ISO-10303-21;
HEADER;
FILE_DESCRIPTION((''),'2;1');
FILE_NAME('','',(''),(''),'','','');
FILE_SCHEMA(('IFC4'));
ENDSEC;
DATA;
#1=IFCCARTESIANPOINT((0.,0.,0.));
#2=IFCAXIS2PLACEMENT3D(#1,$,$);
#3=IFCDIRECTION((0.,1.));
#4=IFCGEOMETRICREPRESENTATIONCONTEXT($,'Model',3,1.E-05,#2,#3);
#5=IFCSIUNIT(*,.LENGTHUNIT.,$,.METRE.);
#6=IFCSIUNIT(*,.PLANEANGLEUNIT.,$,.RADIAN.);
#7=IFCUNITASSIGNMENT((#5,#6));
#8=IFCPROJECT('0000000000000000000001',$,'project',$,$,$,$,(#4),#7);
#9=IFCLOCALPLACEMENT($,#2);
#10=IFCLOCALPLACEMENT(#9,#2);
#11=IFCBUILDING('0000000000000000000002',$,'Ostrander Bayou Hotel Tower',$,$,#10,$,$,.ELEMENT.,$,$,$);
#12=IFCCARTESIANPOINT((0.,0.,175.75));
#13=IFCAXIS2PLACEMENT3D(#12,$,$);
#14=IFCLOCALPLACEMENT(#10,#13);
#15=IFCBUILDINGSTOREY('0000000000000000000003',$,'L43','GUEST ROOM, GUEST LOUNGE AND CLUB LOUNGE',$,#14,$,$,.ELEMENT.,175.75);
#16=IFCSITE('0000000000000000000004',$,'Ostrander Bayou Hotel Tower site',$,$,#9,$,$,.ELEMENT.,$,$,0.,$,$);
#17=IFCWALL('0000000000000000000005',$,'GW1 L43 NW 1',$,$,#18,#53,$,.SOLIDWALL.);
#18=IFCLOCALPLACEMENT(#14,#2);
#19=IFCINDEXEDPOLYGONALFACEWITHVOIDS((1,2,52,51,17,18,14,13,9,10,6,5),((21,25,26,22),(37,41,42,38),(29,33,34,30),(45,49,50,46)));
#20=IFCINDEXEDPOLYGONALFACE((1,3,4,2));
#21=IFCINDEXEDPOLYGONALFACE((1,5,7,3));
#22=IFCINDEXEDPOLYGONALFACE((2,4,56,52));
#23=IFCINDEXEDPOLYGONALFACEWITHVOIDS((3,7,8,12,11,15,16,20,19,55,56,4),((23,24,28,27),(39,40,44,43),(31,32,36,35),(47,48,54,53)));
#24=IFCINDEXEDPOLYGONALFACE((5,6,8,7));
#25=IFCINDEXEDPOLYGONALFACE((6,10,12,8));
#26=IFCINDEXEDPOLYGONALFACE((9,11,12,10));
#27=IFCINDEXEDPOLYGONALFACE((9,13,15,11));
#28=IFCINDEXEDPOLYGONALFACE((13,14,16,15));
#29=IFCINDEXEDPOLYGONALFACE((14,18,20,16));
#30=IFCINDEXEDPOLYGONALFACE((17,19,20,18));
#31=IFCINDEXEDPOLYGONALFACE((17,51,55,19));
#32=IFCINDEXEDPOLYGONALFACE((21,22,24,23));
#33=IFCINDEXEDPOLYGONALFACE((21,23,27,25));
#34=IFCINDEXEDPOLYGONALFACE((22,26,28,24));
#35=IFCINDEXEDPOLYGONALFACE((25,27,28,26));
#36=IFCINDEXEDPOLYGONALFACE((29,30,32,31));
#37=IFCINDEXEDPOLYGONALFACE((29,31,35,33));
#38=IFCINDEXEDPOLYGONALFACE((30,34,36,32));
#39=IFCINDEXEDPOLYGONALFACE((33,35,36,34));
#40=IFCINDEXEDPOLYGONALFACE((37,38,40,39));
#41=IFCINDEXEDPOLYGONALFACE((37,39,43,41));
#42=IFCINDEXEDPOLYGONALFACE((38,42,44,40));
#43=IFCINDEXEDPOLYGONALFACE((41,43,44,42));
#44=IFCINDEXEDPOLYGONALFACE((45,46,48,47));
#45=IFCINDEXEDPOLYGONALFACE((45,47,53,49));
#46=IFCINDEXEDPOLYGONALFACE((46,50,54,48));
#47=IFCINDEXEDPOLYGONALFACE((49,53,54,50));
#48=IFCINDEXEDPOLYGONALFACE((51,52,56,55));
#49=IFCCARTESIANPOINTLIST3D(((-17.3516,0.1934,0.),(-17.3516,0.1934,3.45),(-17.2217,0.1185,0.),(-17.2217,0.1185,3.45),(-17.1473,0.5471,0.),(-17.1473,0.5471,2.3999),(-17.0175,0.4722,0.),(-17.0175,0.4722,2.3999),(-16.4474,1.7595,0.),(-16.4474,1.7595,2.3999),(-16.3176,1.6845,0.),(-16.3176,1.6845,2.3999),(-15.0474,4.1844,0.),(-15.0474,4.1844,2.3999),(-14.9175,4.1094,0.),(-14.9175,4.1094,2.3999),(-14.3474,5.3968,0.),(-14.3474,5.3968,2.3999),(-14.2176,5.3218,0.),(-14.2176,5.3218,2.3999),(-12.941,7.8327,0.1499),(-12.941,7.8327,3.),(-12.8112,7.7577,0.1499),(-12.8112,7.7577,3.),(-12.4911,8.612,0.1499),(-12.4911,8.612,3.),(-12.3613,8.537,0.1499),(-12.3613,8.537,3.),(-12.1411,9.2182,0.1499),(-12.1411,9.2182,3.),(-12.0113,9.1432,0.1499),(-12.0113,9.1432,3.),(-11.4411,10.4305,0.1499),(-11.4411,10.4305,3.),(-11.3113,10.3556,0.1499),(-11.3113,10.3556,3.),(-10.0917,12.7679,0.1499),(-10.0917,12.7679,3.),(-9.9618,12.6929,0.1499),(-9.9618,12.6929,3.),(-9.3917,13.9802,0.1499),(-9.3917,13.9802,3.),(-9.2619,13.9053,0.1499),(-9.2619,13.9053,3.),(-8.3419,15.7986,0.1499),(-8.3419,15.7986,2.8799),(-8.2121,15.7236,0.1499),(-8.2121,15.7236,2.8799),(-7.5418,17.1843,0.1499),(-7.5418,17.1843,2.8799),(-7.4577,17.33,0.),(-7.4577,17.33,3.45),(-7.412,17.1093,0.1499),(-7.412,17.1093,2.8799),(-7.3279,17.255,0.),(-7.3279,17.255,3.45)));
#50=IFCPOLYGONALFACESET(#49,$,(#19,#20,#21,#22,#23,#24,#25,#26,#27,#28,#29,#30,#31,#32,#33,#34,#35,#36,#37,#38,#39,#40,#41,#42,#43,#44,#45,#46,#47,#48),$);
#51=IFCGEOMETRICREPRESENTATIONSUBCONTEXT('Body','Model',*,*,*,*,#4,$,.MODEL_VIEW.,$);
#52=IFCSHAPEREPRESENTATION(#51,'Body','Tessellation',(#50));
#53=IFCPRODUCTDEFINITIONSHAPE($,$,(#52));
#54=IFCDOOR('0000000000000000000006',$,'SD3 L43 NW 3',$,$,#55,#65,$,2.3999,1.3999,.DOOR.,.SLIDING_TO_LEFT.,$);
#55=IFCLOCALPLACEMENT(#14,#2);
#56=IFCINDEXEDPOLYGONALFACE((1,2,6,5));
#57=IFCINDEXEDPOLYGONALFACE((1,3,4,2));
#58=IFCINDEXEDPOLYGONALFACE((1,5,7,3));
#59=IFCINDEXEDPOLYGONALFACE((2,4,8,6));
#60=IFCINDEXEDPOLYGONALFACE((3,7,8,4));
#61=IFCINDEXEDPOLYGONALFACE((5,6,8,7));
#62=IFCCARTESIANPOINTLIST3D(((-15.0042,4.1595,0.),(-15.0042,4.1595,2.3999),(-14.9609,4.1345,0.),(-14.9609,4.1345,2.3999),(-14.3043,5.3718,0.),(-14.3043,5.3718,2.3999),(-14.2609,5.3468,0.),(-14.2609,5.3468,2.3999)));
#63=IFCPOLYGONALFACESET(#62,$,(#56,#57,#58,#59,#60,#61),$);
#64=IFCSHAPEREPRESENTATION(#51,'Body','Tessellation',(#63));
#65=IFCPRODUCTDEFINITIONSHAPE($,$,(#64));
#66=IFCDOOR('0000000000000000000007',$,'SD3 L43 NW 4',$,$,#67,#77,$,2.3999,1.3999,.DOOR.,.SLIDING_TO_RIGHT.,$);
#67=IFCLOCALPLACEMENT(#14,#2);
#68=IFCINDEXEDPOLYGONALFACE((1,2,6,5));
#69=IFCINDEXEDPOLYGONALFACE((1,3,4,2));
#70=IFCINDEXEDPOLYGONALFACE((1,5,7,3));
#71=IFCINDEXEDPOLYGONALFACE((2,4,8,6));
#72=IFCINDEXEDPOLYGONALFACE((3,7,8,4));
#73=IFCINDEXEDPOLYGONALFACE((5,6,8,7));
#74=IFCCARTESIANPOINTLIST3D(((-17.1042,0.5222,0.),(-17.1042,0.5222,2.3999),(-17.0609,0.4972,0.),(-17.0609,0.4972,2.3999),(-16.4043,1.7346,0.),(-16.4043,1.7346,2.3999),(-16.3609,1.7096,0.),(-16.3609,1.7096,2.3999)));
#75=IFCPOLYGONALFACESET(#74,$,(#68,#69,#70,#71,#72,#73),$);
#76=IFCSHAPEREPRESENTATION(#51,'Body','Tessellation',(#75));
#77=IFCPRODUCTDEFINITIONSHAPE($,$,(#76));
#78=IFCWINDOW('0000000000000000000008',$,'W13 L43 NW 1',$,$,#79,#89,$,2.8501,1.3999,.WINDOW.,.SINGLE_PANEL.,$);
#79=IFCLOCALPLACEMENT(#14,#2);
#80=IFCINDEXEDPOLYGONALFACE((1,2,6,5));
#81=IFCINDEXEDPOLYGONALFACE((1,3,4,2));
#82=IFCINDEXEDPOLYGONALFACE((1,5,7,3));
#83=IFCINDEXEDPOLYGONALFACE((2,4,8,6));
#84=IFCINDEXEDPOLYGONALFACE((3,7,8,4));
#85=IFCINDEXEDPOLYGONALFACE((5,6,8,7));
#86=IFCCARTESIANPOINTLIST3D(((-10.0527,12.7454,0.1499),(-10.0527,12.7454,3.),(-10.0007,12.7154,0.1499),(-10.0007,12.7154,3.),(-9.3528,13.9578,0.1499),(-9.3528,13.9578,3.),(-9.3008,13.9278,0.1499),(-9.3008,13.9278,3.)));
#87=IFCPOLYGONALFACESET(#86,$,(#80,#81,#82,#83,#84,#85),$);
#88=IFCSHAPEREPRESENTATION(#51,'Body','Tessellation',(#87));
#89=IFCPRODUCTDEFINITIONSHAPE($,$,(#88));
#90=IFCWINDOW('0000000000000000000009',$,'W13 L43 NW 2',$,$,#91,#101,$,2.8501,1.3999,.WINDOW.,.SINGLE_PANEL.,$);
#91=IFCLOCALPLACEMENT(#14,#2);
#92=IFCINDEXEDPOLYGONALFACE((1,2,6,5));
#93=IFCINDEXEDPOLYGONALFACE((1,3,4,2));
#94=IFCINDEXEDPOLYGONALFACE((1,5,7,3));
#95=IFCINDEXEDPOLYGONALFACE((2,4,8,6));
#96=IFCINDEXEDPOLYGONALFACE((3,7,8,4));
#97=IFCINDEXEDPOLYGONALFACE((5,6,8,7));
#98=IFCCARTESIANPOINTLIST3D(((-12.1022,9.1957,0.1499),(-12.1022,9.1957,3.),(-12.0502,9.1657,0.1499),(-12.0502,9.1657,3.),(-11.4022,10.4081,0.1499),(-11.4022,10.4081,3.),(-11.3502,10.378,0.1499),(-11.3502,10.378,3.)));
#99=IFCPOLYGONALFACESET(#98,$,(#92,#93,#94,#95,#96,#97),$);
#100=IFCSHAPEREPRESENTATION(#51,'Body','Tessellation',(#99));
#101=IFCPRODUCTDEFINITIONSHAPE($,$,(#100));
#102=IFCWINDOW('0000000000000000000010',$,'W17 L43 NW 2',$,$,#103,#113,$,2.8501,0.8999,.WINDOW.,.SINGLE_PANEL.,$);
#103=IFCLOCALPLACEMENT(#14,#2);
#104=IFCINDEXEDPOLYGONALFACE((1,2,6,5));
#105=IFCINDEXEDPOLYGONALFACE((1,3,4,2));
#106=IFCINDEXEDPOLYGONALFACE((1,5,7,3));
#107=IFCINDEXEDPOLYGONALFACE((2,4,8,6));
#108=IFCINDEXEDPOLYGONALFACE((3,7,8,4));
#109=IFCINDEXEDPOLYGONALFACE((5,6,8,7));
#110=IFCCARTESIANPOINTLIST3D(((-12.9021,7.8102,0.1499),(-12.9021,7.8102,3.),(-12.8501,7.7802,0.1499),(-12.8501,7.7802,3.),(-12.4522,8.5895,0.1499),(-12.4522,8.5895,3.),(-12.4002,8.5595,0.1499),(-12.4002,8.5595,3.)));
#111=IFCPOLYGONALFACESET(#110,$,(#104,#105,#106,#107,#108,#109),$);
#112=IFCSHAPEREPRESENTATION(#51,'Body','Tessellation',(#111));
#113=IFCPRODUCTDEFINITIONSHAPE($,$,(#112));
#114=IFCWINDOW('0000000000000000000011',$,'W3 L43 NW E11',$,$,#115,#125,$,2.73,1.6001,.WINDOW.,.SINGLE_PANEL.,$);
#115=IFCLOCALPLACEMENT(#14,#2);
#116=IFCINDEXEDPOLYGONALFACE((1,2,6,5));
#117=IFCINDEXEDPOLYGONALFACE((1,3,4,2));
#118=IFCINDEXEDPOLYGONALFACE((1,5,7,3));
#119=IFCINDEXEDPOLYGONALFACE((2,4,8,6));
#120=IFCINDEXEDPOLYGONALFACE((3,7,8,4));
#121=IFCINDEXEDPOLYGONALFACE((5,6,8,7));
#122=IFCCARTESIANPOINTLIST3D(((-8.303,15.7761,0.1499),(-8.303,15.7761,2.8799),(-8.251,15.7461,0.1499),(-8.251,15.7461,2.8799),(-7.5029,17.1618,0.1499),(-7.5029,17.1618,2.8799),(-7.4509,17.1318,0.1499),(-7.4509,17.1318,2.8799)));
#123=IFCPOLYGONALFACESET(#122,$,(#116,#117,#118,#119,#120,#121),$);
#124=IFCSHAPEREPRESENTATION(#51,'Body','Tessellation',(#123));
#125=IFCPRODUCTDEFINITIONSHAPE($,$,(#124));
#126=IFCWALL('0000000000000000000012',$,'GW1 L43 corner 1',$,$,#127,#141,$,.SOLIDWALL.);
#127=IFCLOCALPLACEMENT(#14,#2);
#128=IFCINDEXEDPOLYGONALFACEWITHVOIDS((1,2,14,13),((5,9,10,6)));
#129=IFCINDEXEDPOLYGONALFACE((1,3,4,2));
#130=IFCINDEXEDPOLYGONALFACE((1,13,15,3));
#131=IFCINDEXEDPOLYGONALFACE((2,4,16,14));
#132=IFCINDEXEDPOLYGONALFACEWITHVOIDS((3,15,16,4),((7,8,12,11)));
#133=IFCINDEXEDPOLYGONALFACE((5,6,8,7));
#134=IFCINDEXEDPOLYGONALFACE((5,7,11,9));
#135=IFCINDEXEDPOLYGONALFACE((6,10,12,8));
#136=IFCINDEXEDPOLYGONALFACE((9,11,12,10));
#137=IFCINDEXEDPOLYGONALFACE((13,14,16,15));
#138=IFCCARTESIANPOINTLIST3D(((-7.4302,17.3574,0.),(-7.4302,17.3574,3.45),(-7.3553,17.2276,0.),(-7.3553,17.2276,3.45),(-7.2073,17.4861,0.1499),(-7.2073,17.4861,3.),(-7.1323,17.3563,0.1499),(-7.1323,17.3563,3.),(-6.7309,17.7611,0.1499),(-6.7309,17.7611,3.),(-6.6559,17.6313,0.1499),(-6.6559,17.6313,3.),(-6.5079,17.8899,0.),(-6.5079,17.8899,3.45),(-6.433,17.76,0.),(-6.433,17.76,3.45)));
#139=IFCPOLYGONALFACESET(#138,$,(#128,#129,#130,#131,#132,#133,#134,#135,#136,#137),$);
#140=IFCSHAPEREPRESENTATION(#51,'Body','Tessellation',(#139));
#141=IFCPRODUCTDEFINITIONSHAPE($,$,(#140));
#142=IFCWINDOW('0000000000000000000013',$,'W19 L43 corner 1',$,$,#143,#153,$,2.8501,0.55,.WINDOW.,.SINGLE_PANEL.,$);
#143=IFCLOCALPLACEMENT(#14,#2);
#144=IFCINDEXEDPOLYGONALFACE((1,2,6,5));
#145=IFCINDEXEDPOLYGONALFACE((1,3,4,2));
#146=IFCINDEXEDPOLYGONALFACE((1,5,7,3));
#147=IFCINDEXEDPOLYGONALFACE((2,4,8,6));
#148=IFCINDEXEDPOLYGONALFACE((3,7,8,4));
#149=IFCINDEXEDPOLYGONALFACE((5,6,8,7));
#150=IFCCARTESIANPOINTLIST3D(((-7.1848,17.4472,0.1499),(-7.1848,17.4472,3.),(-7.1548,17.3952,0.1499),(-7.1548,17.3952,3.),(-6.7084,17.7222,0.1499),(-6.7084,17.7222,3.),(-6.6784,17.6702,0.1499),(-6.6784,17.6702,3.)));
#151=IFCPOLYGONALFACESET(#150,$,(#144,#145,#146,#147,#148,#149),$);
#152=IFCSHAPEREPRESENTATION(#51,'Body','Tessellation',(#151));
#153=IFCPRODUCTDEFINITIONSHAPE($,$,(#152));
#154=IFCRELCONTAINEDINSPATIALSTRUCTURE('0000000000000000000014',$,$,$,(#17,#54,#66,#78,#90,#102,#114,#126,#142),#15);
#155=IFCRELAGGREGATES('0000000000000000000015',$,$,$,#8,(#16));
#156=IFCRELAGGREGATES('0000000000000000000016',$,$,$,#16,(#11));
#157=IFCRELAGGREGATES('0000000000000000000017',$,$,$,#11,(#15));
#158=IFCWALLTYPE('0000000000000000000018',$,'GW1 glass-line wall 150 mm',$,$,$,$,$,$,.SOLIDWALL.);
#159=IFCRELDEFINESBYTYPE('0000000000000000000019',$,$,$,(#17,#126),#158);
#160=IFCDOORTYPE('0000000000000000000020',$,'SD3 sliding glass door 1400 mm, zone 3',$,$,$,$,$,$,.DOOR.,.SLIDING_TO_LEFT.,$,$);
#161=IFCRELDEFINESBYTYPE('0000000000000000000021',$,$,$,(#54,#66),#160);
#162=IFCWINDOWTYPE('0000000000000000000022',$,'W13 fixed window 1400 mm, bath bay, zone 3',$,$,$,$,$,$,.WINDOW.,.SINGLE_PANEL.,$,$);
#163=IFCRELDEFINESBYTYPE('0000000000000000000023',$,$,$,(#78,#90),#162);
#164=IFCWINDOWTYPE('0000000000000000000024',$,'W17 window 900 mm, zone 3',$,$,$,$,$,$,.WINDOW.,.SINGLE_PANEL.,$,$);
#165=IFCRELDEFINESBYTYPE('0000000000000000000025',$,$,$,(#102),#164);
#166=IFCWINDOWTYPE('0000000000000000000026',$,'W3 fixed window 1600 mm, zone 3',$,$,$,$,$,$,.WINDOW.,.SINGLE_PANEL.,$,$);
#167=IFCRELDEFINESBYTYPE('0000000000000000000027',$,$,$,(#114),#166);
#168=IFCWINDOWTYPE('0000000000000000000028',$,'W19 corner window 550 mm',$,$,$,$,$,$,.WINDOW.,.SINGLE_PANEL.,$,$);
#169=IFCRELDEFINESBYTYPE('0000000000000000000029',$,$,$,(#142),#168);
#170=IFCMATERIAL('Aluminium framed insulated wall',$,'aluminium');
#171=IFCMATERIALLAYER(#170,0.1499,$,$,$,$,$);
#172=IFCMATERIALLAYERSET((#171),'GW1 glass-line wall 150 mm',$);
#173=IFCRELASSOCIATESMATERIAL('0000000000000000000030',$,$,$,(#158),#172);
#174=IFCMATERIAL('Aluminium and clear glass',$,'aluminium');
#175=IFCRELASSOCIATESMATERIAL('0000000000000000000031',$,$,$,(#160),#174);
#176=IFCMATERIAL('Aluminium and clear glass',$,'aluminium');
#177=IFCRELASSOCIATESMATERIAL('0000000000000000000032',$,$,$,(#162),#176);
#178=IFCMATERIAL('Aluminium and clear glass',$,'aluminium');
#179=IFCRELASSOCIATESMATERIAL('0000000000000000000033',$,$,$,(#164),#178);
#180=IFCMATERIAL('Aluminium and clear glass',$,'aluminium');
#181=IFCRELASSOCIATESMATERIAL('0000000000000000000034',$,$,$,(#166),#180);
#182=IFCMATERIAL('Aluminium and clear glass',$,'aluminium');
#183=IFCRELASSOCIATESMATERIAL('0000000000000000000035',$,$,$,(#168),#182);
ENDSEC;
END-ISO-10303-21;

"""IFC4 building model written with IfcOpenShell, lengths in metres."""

from ifc_helpers import new_model, si_unit, direction, frame, frame_2d, origin, place, context, subcontext, project, spatial, rectangle, extrude, material, layer, layer_set, type_object, element, fill, save


model = new_model("IFC4")

# Units and contexts
model_context = context("Model", 3, precision=1e-05, world=origin(), true_north=direction((0.0, 1.0)))
body_context = subcontext(model_context, "Body", "Model", "MODEL_VIEW")
ifc_project = project(units=[si_unit("LENGTHUNIT", "METRE"), si_unit("PLANEANGLEUNIT", "RADIAN")], contexts=[model_context])

# Site, building, storey
site_placement = place(None, origin())
site = spatial("IfcSite", under=ifc_project, at=site_placement, Name="Ostrander Bayou Hotel Tower site", CompositionType="ELEMENT", RefElevation=0.0)
building_placement = place(site_placement, origin())
building = spatial("IfcBuilding", under=site, at=building_placement, Name="Ostrander Bayou Hotel Tower", CompositionType="ELEMENT")
storey_placement = place(building_placement, frame((0.0, 0.0, 175.75)))
storey = spatial("IfcBuildingStorey", under=building, at=storey_placement, Name="L43", Description="GUEST ROOM, GUEST LOUNGE AND CLUB LOUNGE", CompositionType="ELEMENT", Elevation=175.75)

# Wall, openings, doors, windows
ifc_material_1 = material(Name="Aluminium framed insulated wall", Category="aluminium")
ifc_layer_1 = layer(ifc_material_1, 0.1499)
ifc_layer_set_1 = layer_set([ifc_layer_1], Name="GW1 glass-line wall 150 mm")
wall_type_1 = type_object("IfcWallType", Name="GW1 glass-line wall 150 mm", PredefinedType="SOLIDWALL", material=ifc_layer_set_1)
wall_1_placement = place(storey_placement, frame((-7.3928, 17.2925, 0.0), z_axis=(0.0, 0.0, 1.0), x_axis=(-0.500002, -0.866024, 0.0)))
wall_1 = element("IfcWall", 1, at=wall_1_placement, inside=storey, type_object=wall_type_1, Name="GW1 L43 NW 1", PredefinedType="SOLIDWALL", context=body_context, shape_type="SweptSolid", body=[
    extrude(rectangle(XDim=19.7876, YDim=0.1499, at=frame_2d((9.8938, 0.0))), origin(), (0.0, 0.0, 1.0), 3.45),
])
opening_1_placement = place(wall_1_placement, frame((3.8679, 0.0, 0.1499)))
opening_1 = element("IfcOpeningElement", 2, at=opening_1_placement, cuts=wall_1, PredefinedType="OPENING", context=body_context, shape_type="SweptSolid", body=[
    extrude(rectangle(XDim=1.3999, YDim=2.8501, at=frame_2d((0.7, 1.425))), frame((0.0, 0.075, 0.0), z_axis=(0.0, -1.0, 0.0), x_axis=(1.0, 0.0, 0.0)), (0.0, 0.0, 1.0), 0.1499),
])
opening_2_placement = place(wall_1_placement, frame((10.0667, 0.0, 0.1499)))
opening_2 = element("IfcOpeningElement", 3, at=opening_2_placement, cuts=wall_1, PredefinedType="OPENING", context=body_context, shape_type="SweptSolid", body=[
    extrude(rectangle(XDim=0.8999, YDim=2.8501, at=frame_2d((0.45, 1.425))), frame((0.0, 0.075, 0.0), z_axis=(0.0, -1.0, 0.0), x_axis=(1.0, 0.0, 0.0)), (0.0, 0.0, 1.0), 0.1499),
])
opening_3_placement = place(wall_1_placement, frame((7.9668, 0.0, 0.1499)))
opening_3 = element("IfcOpeningElement", 4, at=opening_3_placement, cuts=wall_1, PredefinedType="OPENING", context=body_context, shape_type="SweptSolid", body=[
    extrude(rectangle(XDim=1.3999, YDim=2.8501, at=frame_2d((0.7, 1.425))), frame((0.0, 0.075, 0.0), z_axis=(0.0, -1.0, 0.0), x_axis=(1.0, 0.0, 0.0)), (0.0, 0.0, 1.0), 0.1499),
])
opening_4_placement = place(wall_1_placement, frame((13.7793, 0.0, 0.0)))
opening_4 = element("IfcOpeningElement", 5, at=opening_4_placement, cuts=wall_1, PredefinedType="OPENING", context=body_context, shape_type="SweptSolid", body=[
    extrude(rectangle(XDim=1.3999, YDim=2.3999, at=frame_2d((0.7, 1.2))), frame((0.0, 0.075, 0.0), z_axis=(0.0, -1.0, 0.0), x_axis=(1.0, 0.0, 0.0)), (0.0, 0.0, 1.0), 0.1499),
])
opening_5_placement = place(wall_1_placement, frame((17.9792, 0.0, 0.0)))
opening_5 = element("IfcOpeningElement", 6, at=opening_5_placement, cuts=wall_1, PredefinedType="OPENING", context=body_context, shape_type="SweptSolid", body=[
    extrude(rectangle(XDim=1.3999, YDim=2.3999, at=frame_2d((0.7, 1.2))), frame((0.0, 0.075, 0.0), z_axis=(0.0, -1.0, 0.0), x_axis=(1.0, 0.0, 0.0)), (0.0, 0.0, 1.0), 0.1499),
])
opening_6_placement = place(wall_1_placement, frame((0.1682, 0.0, 0.1499)))
opening_6 = element("IfcOpeningElement", 7, at=opening_6_placement, cuts=wall_1, PredefinedType="OPENING", context=body_context, shape_type="SweptSolid", body=[
    extrude(rectangle(XDim=1.6001, YDim=2.73, at=frame_2d((0.8, 1.365))), frame((0.0, 0.075, 0.0), z_axis=(0.0, -1.0, 0.0), x_axis=(1.0, 0.0, 0.0)), (0.0, 0.0, 1.0), 0.1499),
])
ifc_material_2 = material(Name="Aluminium and clear glass", Category="aluminium")
door_type_1 = type_object("IfcDoorType", Name="SD3 sliding glass door 1400 mm, zone 3", OperationType="SLIDING_TO_LEFT", PredefinedType="DOOR", material=ifc_material_2)
door_1_placement = place(opening_4_placement, origin())
door_1 = element("IfcDoor", 8, at=door_1_placement, inside=storey, type_object=door_type_1, Name="SD3 L43 NW 3", OperationType="SLIDING_TO_LEFT", OverallHeight=2.3999, OverallWidth=1.3999, PredefinedType="DOOR", context=body_context, shape_type="SweptSolid", body=[
    extrude(rectangle(XDim=1.3999, YDim=2.3999, at=frame_2d((0.7, 1.2))), frame((0.0, 0.0249, 0.0), z_axis=(0.0, -1.0, 0.0), x_axis=(1.0, 0.0, 0.0)), (0.0, 0.0, 1.0), 0.05),
])
fill(opening_4, door_1)
door_2_placement = place(opening_5_placement, origin())
door_2 = element("IfcDoor", 9, at=door_2_placement, inside=storey, type_object=door_type_1, Name="SD3 L43 NW 4", OperationType="SLIDING_TO_RIGHT", OverallHeight=2.3999, OverallWidth=1.3999, PredefinedType="DOOR", context=body_context, shape_type="SweptSolid", body=[
    extrude(rectangle(XDim=1.3999, YDim=2.3999, at=frame_2d((0.7, 1.2))), frame((0.0, 0.0249, 0.0), z_axis=(0.0, -1.0, 0.0), x_axis=(1.0, 0.0, 0.0)), (0.0, 0.0, 1.0), 0.05),
])
fill(opening_5, door_2)
ifc_material_3 = material(Name="Aluminium and clear glass", Category="aluminium")
window_type_1 = type_object("IfcWindowType", Name="W13 fixed window 1400 mm, bath bay, zone 3", PartitioningType="SINGLE_PANEL", PredefinedType="WINDOW", material=ifc_material_3)
window_1_placement = place(opening_1_placement, origin())
window_1 = element("IfcWindow", 10, at=window_1_placement, inside=storey, type_object=window_type_1, Name="W13 L43 NW 1", OverallHeight=2.8501, OverallWidth=1.3999, PartitioningType="SINGLE_PANEL", PredefinedType="WINDOW", context=body_context, shape_type="SweptSolid", body=[
    extrude(rectangle(XDim=1.3999, YDim=2.8501, at=frame_2d((0.7, 1.425))), frame((0.0, 0.03, 0.0), z_axis=(0.0, -1.0, 0.0), x_axis=(1.0, 0.0, 0.0)), (0.0, 0.0, 1.0), 0.0601),
])
fill(opening_1, window_1)
window_2_placement = place(opening_3_placement, origin())
window_2 = element("IfcWindow", 11, at=window_2_placement, inside=storey, type_object=window_type_1, Name="W13 L43 NW 2", OverallHeight=2.8501, OverallWidth=1.3999, PartitioningType="SINGLE_PANEL", PredefinedType="WINDOW", context=body_context, shape_type="SweptSolid", body=[
    extrude(rectangle(XDim=1.3999, YDim=2.8501, at=frame_2d((0.7, 1.425))), frame((0.0, 0.03, 0.0), z_axis=(0.0, -1.0, 0.0), x_axis=(1.0, 0.0, 0.0)), (0.0, 0.0, 1.0), 0.0601),
])
fill(opening_3, window_2)
ifc_material_4 = material(Name="Aluminium and clear glass", Category="aluminium")
window_type_2 = type_object("IfcWindowType", Name="W17 window 900 mm, zone 3", PartitioningType="SINGLE_PANEL", PredefinedType="WINDOW", material=ifc_material_4)
window_3_placement = place(opening_2_placement, origin())
window_3 = element("IfcWindow", 12, at=window_3_placement, inside=storey, type_object=window_type_2, Name="W17 L43 NW 2", OverallHeight=2.8501, OverallWidth=0.8999, PartitioningType="SINGLE_PANEL", PredefinedType="WINDOW", context=body_context, shape_type="SweptSolid", body=[
    extrude(rectangle(XDim=0.8999, YDim=2.8501, at=frame_2d((0.45, 1.425))), frame((0.0, 0.03, 0.0), z_axis=(0.0, -1.0, 0.0), x_axis=(1.0, 0.0, 0.0)), (0.0, 0.0, 1.0), 0.0601),
])
fill(opening_2, window_3)
ifc_material_5 = material(Name="Aluminium and clear glass", Category="aluminium")
window_type_3 = type_object("IfcWindowType", Name="W3 fixed window 1600 mm, zone 3", PartitioningType="SINGLE_PANEL", PredefinedType="WINDOW", material=ifc_material_5)
window_4_placement = place(opening_6_placement, origin())
window_4 = element("IfcWindow", 13, at=window_4_placement, inside=storey, type_object=window_type_3, Name="W3 L43 NW E11", OverallHeight=2.73, OverallWidth=1.6001, PartitioningType="SINGLE_PANEL", PredefinedType="WINDOW", context=body_context, shape_type="SweptSolid", body=[
    extrude(rectangle(XDim=1.6001, YDim=2.73, at=frame_2d((0.8, 1.365))), frame((0.0, 0.03, 0.0), z_axis=(0.0, -1.0, 0.0), x_axis=(1.0, 0.0, 0.0)), (0.0, 0.0, 1.0), 0.0601),
])
fill(opening_6, window_4)

# Wall, opening, window
wall_2_placement = place(storey_placement, frame((-6.4705, 17.825, 0.0), z_axis=(0.0, 0.0, 1.0), x_axis=(-0.866048, -0.499961, 0.0)))
wall_2 = element("IfcWall", 14, at=wall_2_placement, inside=storey, type_object=wall_type_1, Name="GW1 L43 corner 1", PredefinedType="SOLIDWALL", context=body_context, shape_type="SweptSolid", body=[
    extrude(rectangle(XDim=1.0649, YDim=0.1499, at=frame_2d((0.5325, 0.0))), origin(), (0.0, 0.0, 1.0), 3.45),
])
opening_7_placement = place(wall_2_placement, frame((0.2576, 0.0, 0.1499)))
opening_7 = element("IfcOpeningElement", 15, at=opening_7_placement, cuts=wall_2, PredefinedType="OPENING", context=body_context, shape_type="SweptSolid", body=[
    extrude(rectangle(XDim=0.55, YDim=2.8501, at=frame_2d((0.2749, 1.425))), frame((0.0, 0.075, 0.0), z_axis=(0.0, -1.0, 0.0), x_axis=(1.0, 0.0, 0.0)), (0.0, 0.0, 1.0), 0.1499),
])
ifc_material_6 = material(Name="Aluminium and clear glass", Category="aluminium")
window_type_4 = type_object("IfcWindowType", Name="W19 corner window 550 mm", PartitioningType="SINGLE_PANEL", PredefinedType="WINDOW", material=ifc_material_6)
window_5_placement = place(opening_7_placement, origin())
window_5 = element("IfcWindow", 16, at=window_5_placement, inside=storey, type_object=window_type_4, Name="W19 L43 corner 1", OverallHeight=2.8501, OverallWidth=0.55, PartitioningType="SINGLE_PANEL", PredefinedType="WINDOW", context=body_context, shape_type="SweptSolid", body=[
    extrude(rectangle(XDim=0.55, YDim=2.8501, at=frame_2d((0.2749, 1.425))), frame((0.0, 0.03, 0.0), z_axis=(0.0, -1.0, 0.0), x_axis=(1.0, 0.0, 0.0)), (0.0, 0.0, 1.0), 0.0601),
])
fill(opening_7, window_5)

save(model, "model.ifc")
